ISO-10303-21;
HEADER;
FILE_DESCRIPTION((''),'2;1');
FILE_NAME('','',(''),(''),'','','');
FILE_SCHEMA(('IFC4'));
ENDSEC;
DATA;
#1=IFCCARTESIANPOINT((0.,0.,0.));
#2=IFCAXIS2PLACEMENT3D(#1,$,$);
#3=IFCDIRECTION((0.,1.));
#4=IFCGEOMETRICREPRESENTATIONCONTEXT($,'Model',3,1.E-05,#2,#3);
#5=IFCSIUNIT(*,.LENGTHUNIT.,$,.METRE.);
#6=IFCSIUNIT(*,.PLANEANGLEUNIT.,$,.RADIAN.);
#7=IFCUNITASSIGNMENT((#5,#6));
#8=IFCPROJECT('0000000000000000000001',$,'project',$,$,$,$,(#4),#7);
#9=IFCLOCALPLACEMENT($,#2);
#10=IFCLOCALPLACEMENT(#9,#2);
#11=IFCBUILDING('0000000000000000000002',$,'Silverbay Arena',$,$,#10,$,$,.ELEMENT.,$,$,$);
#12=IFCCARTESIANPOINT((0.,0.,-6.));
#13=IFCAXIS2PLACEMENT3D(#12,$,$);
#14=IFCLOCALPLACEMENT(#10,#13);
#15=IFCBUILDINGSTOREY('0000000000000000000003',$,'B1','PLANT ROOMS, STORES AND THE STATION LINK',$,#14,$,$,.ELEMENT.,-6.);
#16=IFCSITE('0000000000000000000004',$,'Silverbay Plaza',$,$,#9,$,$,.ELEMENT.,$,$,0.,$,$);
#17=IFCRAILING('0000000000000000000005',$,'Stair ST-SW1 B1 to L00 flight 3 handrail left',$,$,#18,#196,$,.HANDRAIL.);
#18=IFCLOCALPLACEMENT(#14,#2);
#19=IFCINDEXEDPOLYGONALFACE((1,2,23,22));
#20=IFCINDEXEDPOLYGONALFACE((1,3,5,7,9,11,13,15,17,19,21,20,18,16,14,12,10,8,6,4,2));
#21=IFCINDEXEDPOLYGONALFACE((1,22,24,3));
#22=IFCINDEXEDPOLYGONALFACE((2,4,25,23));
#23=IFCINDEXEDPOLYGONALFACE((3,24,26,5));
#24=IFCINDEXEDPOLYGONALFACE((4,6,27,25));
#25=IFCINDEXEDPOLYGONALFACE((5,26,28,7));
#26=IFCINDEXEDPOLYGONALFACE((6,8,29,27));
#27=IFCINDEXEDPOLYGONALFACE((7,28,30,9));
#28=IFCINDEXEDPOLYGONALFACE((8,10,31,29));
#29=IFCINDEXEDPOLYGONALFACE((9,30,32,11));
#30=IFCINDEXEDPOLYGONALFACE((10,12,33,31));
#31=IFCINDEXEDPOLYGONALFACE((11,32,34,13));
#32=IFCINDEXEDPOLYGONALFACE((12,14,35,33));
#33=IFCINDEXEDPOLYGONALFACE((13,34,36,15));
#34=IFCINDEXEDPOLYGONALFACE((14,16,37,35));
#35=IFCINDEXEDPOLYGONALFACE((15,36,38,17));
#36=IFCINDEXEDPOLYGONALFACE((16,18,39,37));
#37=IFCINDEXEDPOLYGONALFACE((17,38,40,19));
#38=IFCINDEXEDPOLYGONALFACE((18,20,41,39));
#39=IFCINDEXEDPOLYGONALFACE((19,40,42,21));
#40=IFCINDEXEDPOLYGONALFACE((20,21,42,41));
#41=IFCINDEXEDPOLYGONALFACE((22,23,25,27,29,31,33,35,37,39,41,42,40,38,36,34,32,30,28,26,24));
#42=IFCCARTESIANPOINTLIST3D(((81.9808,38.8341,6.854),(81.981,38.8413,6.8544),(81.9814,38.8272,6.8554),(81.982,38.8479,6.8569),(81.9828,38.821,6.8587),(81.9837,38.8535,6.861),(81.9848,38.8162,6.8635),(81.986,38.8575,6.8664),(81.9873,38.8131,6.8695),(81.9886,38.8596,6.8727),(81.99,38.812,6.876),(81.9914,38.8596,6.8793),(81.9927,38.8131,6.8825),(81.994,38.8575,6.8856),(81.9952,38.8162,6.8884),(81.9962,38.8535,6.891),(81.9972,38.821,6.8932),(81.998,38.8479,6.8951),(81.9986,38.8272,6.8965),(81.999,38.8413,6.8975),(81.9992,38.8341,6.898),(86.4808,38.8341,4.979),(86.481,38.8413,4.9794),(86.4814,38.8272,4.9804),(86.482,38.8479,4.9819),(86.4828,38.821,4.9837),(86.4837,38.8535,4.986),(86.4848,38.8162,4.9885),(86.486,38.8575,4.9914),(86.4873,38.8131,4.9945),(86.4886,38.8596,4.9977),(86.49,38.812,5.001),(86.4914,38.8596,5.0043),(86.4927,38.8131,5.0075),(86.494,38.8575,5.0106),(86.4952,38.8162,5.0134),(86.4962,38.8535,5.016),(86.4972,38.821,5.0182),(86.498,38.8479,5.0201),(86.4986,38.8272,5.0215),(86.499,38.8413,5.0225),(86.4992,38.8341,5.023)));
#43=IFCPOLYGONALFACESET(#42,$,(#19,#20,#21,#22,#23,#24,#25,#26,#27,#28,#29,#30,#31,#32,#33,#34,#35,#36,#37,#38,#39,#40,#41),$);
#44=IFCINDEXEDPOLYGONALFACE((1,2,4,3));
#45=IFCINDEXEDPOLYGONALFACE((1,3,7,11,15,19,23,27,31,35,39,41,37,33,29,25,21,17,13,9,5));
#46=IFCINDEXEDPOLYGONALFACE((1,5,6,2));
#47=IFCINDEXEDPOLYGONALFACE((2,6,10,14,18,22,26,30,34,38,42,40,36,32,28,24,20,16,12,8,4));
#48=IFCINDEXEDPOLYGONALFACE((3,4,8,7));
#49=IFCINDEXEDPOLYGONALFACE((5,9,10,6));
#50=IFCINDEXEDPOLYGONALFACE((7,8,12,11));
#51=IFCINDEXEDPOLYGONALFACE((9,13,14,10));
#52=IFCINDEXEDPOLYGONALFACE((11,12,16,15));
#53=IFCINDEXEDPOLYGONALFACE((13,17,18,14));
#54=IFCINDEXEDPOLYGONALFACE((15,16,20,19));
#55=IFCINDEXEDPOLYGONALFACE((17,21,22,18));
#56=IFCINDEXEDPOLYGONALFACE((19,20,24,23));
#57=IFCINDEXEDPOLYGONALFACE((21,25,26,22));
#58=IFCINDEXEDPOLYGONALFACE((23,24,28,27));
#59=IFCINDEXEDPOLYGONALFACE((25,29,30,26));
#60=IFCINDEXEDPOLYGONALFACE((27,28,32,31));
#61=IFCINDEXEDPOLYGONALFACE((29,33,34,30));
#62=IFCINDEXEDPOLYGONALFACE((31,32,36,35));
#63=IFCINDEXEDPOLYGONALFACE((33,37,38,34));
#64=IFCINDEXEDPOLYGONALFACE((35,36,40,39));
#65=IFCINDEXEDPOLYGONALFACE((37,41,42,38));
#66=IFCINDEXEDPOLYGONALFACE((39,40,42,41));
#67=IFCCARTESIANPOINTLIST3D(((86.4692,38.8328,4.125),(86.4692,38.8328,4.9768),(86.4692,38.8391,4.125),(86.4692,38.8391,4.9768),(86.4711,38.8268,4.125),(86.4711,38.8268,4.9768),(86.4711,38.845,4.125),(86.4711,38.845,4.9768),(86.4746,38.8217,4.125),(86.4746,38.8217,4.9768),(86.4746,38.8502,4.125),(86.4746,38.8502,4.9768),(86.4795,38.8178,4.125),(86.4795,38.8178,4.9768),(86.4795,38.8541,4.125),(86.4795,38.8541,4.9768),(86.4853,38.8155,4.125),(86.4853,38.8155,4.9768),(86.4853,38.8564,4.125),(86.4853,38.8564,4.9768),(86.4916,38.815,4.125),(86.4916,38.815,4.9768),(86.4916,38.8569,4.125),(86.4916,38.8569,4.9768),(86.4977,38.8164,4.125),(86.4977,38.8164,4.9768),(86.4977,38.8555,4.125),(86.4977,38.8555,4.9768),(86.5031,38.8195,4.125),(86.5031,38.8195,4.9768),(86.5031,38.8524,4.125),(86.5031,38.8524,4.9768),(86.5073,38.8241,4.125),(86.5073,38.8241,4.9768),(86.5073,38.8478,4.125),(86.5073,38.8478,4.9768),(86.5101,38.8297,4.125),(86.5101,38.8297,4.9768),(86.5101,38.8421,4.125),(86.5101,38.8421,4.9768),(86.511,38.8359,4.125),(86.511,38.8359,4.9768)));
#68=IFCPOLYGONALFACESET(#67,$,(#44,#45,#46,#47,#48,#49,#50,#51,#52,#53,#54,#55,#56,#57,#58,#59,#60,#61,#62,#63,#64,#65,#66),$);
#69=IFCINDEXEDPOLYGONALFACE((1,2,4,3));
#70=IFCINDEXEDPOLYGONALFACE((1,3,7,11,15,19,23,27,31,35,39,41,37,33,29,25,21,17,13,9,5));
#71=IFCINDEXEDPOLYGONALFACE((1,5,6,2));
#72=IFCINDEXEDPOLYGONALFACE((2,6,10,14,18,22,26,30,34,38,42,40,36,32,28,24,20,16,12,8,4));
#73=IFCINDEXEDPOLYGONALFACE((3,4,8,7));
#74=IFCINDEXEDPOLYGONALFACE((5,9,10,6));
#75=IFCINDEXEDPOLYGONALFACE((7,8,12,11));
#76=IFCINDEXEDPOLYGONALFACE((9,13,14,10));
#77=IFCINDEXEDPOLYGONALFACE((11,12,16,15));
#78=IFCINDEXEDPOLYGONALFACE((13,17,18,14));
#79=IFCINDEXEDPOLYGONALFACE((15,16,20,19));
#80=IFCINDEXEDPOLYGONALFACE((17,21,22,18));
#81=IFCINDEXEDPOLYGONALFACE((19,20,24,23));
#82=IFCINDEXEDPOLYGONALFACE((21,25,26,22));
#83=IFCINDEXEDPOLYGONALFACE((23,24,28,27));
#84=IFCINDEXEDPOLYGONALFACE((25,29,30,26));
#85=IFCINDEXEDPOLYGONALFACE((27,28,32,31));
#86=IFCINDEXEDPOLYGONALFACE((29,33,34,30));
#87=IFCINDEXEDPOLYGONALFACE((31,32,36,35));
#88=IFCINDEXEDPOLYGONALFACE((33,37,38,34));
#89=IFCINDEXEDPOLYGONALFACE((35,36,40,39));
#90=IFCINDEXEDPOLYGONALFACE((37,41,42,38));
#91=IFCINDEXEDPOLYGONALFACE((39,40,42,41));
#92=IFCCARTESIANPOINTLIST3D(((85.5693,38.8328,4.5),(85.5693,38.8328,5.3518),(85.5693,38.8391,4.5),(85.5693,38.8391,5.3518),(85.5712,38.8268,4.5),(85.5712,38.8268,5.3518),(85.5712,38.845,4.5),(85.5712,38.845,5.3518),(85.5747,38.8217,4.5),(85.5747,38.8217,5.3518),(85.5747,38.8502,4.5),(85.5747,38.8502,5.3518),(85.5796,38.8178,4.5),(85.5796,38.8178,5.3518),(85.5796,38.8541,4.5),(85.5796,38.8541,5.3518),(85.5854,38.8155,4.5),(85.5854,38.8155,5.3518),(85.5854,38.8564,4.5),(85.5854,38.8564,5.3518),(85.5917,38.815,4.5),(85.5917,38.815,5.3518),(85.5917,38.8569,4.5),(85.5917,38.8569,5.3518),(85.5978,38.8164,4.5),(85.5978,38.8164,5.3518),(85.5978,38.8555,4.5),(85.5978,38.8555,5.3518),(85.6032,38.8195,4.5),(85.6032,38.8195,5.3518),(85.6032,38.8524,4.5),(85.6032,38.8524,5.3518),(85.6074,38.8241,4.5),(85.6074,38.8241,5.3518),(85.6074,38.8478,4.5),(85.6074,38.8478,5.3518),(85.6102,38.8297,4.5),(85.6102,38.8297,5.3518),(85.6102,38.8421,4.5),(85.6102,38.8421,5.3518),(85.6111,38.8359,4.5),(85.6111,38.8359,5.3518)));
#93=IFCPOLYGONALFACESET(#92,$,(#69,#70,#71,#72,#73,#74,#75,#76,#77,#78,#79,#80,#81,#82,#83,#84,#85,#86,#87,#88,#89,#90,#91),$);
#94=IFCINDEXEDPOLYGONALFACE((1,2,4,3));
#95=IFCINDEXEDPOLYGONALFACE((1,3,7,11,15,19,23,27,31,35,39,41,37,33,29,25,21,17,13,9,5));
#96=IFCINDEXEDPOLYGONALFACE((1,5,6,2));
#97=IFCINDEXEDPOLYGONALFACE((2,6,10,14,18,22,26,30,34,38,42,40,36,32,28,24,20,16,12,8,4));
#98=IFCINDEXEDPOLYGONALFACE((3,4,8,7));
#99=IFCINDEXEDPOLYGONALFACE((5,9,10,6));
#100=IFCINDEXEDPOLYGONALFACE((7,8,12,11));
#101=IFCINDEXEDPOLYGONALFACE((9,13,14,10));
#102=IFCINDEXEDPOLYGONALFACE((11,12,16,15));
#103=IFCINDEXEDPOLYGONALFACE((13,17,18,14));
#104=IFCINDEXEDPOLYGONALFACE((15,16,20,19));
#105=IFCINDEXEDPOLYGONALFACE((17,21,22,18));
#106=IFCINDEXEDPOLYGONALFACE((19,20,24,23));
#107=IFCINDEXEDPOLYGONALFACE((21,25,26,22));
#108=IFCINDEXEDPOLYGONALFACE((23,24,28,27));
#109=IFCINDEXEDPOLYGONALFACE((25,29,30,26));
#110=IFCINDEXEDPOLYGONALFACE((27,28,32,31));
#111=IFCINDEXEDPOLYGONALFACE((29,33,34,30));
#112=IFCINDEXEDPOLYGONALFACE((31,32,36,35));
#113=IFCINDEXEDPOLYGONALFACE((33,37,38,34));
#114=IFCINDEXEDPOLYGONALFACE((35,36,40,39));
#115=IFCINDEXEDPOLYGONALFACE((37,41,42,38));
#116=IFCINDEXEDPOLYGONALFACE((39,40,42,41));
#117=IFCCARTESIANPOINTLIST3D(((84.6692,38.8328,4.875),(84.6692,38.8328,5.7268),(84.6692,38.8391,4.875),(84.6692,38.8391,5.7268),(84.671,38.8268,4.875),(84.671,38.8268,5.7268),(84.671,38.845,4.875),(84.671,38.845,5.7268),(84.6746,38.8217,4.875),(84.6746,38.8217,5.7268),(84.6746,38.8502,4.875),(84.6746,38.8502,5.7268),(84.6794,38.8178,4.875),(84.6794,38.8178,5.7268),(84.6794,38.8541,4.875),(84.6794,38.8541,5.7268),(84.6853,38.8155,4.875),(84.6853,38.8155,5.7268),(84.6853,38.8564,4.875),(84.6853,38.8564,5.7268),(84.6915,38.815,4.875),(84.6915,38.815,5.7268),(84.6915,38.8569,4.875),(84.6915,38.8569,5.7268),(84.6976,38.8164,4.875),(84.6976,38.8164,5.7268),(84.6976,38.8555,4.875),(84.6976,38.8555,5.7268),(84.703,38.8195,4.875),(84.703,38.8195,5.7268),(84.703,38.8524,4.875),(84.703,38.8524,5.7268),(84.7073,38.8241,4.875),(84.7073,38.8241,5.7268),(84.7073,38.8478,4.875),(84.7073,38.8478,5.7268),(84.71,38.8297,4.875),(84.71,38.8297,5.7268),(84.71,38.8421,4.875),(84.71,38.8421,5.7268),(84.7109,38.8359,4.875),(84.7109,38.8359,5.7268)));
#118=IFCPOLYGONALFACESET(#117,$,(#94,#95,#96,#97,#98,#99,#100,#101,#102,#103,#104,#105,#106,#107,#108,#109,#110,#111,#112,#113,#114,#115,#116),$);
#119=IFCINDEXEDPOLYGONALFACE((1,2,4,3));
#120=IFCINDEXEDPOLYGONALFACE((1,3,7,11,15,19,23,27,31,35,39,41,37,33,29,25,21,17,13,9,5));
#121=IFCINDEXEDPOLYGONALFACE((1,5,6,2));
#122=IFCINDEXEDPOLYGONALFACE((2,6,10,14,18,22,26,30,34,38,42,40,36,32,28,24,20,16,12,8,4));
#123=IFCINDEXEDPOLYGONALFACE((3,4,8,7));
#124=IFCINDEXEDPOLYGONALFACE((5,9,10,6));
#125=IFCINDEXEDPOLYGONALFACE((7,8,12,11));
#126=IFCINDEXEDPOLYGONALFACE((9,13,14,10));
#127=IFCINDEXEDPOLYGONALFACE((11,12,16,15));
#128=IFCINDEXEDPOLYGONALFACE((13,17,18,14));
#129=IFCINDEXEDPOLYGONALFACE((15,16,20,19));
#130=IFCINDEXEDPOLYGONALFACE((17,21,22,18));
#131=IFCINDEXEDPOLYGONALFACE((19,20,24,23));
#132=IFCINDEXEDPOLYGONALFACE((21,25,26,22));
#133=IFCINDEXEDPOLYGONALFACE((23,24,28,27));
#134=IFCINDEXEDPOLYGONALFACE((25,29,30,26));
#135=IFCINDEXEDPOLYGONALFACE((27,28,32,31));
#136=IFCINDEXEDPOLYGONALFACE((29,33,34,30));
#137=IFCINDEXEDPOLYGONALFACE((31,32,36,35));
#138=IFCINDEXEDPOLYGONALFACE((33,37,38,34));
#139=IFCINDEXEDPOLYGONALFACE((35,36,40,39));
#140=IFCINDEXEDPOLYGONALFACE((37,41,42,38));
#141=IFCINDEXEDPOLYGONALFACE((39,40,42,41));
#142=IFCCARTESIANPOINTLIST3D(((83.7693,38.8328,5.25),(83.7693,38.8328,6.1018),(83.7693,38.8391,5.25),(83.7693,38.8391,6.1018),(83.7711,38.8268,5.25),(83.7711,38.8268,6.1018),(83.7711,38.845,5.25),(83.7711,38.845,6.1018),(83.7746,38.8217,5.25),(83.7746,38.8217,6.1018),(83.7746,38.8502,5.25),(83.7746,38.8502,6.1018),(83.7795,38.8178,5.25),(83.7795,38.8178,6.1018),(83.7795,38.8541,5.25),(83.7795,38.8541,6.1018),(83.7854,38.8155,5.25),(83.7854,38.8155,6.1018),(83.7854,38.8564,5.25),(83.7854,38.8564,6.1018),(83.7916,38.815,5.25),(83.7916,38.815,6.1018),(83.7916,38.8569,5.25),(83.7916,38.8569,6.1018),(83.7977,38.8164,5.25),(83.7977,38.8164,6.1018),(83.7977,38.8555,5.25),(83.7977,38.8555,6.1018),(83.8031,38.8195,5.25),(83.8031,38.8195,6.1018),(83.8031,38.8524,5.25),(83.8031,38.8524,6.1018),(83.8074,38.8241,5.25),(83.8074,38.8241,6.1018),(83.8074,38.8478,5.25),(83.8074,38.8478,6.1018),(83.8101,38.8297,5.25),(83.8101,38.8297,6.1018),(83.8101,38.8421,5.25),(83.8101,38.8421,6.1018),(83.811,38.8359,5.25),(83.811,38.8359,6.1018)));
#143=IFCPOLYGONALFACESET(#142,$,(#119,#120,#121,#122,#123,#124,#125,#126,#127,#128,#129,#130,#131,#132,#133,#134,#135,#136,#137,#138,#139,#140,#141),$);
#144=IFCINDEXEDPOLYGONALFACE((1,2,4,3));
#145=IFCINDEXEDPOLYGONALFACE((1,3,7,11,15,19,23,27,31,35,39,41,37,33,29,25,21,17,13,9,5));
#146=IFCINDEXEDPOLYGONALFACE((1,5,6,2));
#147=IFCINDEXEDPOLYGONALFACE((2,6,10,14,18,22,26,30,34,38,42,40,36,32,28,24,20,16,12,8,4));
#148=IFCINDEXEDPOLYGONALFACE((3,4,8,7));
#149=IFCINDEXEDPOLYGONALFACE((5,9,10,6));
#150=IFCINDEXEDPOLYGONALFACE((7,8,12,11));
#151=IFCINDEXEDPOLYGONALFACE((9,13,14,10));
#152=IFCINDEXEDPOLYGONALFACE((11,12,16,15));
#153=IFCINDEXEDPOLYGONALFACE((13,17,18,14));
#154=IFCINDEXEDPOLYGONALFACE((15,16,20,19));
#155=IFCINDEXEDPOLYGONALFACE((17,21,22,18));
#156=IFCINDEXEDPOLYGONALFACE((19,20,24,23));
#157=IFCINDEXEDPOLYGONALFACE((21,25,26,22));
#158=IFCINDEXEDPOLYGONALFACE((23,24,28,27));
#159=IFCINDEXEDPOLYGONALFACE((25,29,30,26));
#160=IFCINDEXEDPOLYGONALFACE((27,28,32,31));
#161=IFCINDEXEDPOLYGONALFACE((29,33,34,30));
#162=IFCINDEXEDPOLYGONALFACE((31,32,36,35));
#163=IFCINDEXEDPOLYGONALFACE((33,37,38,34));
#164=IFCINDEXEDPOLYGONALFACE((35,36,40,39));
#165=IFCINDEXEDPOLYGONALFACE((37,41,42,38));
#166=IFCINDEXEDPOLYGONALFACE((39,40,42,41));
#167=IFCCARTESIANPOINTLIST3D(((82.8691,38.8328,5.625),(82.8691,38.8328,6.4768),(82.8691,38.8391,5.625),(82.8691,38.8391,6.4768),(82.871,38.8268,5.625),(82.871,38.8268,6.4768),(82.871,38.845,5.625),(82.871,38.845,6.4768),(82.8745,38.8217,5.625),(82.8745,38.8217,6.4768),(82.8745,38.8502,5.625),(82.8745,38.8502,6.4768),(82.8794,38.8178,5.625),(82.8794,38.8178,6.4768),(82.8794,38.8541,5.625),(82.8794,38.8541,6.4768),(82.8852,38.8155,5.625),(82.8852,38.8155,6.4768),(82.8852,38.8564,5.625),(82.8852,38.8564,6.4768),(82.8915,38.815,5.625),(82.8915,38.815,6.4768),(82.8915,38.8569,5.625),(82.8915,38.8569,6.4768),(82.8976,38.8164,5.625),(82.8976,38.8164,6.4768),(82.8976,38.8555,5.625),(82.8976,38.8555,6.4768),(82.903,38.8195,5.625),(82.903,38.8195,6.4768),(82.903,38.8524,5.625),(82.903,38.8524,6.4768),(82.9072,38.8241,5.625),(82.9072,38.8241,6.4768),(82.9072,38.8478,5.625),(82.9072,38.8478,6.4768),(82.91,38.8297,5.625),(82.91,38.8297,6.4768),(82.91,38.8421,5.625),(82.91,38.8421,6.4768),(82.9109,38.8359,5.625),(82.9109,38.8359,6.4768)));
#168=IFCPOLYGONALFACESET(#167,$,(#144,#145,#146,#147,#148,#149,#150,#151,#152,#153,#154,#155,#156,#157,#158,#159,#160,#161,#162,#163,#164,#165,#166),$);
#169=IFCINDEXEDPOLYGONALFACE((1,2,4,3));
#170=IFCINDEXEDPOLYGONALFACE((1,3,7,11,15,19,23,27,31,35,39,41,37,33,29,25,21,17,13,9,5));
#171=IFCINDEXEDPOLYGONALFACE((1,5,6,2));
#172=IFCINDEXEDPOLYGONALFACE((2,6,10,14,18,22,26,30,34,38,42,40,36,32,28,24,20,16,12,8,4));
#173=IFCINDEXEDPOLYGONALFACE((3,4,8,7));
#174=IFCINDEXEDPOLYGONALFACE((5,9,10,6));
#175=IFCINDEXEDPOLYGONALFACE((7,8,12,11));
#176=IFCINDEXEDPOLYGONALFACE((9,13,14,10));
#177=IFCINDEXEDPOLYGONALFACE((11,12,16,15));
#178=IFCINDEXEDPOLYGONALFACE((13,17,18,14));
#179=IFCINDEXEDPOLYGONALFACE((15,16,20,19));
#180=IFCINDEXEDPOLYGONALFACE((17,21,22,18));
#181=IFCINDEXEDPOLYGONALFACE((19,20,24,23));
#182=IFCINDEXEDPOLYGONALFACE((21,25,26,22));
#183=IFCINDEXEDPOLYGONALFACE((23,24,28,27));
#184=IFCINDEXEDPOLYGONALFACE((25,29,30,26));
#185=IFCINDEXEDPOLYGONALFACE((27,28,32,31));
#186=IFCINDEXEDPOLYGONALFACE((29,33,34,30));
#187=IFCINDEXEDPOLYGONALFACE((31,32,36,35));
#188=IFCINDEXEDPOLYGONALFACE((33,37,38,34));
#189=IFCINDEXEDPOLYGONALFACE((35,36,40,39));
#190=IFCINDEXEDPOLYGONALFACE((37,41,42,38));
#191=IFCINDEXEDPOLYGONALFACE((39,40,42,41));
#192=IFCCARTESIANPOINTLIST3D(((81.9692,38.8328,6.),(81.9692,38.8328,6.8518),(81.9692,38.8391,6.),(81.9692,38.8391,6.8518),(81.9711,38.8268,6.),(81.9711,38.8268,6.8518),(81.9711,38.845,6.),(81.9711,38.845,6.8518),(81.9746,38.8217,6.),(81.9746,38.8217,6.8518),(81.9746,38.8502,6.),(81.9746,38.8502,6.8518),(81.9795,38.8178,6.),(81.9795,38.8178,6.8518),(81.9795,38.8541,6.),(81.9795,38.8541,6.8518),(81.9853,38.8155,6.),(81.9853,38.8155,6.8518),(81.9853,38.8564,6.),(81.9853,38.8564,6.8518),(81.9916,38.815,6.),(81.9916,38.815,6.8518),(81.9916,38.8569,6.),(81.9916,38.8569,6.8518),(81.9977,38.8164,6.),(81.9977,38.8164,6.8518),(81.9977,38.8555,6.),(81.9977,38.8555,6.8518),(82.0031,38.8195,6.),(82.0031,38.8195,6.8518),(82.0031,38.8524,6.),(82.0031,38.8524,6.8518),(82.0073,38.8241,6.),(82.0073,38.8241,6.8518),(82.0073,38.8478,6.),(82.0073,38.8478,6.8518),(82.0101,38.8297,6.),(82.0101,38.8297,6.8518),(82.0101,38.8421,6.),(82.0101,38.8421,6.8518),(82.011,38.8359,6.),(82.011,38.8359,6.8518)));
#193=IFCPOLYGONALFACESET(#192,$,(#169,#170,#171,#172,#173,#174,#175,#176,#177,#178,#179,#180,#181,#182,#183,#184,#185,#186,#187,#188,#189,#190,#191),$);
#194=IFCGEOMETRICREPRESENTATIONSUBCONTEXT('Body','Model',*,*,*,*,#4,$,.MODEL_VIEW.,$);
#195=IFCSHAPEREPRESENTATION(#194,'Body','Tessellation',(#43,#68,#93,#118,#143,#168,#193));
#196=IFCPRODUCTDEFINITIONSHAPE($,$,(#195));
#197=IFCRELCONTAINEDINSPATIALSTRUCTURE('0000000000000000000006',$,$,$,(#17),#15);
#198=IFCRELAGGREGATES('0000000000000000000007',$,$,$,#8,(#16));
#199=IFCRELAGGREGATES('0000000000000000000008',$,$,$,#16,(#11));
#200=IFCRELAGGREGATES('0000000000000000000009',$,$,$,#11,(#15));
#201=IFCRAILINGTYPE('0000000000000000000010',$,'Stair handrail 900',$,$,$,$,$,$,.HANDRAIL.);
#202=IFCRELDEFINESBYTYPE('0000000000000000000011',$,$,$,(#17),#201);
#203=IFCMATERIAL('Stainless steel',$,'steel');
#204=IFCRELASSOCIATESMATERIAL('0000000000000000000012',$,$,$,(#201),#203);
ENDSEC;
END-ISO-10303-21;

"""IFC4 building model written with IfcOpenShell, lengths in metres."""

from ifc_helpers import new_model, si_unit, direction, frame, origin, origin_2d, place, context, subcontext, project, spatial, circle, extrude, material, type_object, element, save


model = new_model("IFC4")

# Units and contexts
model_context = context("Model", 3, precision=1e-05, world=origin(), true_north=direction((0.0, 1.0)))
body_context = subcontext(model_context, "Body", "Model", "MODEL_VIEW")
ifc_project = project(units=[si_unit("LENGTHUNIT", "METRE"), si_unit("PLANEANGLEUNIT", "RADIAN")], contexts=[model_context])

# Site, building, storey
site_placement = place(None, origin())
site = spatial("IfcSite", under=ifc_project, at=site_placement, Name="Silverbay Plaza", CompositionType="ELEMENT", RefElevation=0.0)
building_placement = place(site_placement, origin())
building = spatial("IfcBuilding", under=site, at=building_placement, Name="Silverbay Arena", CompositionType="ELEMENT")
storey_placement = place(building_placement, frame((0.0, 0.0, -6.0)))
storey = spatial("IfcBuildingStorey", under=building, at=storey_placement, Name="B1", Description="PLANT ROOMS, STORES AND THE STATION LINK", CompositionType="ELEMENT", Elevation=-6.0)

# Railing
ifc_material_1 = material(Name="Stainless steel", Category="steel")
railing_type_1 = type_object("IfcRailingType", Name="Stair handrail 900", PredefinedType="HANDRAIL", material=ifc_material_1)
railing_1_placement = place(storey_placement, frame((86.49, 38.8359, 4.125)))
element("IfcRailing", 1, at=railing_1_placement, inside=storey, type_object=railing_type_1, Name="Stair ST-SW1 B1 to L00 flight 3 handrail left", PredefinedType="HANDRAIL", context=body_context, shape_type="SweptSolid", body=[
    extrude(circle(Radius=0.0239, at=origin_2d()), frame((0.0, 0.0, 0.876), z_axis=(-0.923077, 0.0, 0.384615), x_axis=(0.0, -1.0, 0.0)), (0.0, 0.0, 1.0), 4.875),
    extrude(circle(Radius=0.021, at=origin_2d()), origin(), (0.0, 0.0, 1.0), 0.8518),
    extrude(circle(Radius=0.021, at=origin_2d()), frame((-0.8999, 0.0, 0.375)), (0.0, 0.0, 1.0), 0.8518),
    extrude(circle(Radius=0.021, at=origin_2d()), frame((-1.8, 0.0, 0.75)), (0.0, 0.0, 1.0), 0.8518),
    extrude(circle(Radius=0.021, at=origin_2d()), frame((-2.7, 0.0, 1.125)), (0.0, 0.0, 1.0), 0.8518),
    extrude(circle(Radius=0.021, at=origin_2d()), frame((-3.6001, 0.0, 1.5)), (0.0, 0.0, 1.0), 0.8518),
    extrude(circle(Radius=0.021, at=origin_2d()), frame((-4.5, 0.0, 1.875)), (0.0, 0.0, 1.0), 0.8518),
])

save(model, "model.ifc")
